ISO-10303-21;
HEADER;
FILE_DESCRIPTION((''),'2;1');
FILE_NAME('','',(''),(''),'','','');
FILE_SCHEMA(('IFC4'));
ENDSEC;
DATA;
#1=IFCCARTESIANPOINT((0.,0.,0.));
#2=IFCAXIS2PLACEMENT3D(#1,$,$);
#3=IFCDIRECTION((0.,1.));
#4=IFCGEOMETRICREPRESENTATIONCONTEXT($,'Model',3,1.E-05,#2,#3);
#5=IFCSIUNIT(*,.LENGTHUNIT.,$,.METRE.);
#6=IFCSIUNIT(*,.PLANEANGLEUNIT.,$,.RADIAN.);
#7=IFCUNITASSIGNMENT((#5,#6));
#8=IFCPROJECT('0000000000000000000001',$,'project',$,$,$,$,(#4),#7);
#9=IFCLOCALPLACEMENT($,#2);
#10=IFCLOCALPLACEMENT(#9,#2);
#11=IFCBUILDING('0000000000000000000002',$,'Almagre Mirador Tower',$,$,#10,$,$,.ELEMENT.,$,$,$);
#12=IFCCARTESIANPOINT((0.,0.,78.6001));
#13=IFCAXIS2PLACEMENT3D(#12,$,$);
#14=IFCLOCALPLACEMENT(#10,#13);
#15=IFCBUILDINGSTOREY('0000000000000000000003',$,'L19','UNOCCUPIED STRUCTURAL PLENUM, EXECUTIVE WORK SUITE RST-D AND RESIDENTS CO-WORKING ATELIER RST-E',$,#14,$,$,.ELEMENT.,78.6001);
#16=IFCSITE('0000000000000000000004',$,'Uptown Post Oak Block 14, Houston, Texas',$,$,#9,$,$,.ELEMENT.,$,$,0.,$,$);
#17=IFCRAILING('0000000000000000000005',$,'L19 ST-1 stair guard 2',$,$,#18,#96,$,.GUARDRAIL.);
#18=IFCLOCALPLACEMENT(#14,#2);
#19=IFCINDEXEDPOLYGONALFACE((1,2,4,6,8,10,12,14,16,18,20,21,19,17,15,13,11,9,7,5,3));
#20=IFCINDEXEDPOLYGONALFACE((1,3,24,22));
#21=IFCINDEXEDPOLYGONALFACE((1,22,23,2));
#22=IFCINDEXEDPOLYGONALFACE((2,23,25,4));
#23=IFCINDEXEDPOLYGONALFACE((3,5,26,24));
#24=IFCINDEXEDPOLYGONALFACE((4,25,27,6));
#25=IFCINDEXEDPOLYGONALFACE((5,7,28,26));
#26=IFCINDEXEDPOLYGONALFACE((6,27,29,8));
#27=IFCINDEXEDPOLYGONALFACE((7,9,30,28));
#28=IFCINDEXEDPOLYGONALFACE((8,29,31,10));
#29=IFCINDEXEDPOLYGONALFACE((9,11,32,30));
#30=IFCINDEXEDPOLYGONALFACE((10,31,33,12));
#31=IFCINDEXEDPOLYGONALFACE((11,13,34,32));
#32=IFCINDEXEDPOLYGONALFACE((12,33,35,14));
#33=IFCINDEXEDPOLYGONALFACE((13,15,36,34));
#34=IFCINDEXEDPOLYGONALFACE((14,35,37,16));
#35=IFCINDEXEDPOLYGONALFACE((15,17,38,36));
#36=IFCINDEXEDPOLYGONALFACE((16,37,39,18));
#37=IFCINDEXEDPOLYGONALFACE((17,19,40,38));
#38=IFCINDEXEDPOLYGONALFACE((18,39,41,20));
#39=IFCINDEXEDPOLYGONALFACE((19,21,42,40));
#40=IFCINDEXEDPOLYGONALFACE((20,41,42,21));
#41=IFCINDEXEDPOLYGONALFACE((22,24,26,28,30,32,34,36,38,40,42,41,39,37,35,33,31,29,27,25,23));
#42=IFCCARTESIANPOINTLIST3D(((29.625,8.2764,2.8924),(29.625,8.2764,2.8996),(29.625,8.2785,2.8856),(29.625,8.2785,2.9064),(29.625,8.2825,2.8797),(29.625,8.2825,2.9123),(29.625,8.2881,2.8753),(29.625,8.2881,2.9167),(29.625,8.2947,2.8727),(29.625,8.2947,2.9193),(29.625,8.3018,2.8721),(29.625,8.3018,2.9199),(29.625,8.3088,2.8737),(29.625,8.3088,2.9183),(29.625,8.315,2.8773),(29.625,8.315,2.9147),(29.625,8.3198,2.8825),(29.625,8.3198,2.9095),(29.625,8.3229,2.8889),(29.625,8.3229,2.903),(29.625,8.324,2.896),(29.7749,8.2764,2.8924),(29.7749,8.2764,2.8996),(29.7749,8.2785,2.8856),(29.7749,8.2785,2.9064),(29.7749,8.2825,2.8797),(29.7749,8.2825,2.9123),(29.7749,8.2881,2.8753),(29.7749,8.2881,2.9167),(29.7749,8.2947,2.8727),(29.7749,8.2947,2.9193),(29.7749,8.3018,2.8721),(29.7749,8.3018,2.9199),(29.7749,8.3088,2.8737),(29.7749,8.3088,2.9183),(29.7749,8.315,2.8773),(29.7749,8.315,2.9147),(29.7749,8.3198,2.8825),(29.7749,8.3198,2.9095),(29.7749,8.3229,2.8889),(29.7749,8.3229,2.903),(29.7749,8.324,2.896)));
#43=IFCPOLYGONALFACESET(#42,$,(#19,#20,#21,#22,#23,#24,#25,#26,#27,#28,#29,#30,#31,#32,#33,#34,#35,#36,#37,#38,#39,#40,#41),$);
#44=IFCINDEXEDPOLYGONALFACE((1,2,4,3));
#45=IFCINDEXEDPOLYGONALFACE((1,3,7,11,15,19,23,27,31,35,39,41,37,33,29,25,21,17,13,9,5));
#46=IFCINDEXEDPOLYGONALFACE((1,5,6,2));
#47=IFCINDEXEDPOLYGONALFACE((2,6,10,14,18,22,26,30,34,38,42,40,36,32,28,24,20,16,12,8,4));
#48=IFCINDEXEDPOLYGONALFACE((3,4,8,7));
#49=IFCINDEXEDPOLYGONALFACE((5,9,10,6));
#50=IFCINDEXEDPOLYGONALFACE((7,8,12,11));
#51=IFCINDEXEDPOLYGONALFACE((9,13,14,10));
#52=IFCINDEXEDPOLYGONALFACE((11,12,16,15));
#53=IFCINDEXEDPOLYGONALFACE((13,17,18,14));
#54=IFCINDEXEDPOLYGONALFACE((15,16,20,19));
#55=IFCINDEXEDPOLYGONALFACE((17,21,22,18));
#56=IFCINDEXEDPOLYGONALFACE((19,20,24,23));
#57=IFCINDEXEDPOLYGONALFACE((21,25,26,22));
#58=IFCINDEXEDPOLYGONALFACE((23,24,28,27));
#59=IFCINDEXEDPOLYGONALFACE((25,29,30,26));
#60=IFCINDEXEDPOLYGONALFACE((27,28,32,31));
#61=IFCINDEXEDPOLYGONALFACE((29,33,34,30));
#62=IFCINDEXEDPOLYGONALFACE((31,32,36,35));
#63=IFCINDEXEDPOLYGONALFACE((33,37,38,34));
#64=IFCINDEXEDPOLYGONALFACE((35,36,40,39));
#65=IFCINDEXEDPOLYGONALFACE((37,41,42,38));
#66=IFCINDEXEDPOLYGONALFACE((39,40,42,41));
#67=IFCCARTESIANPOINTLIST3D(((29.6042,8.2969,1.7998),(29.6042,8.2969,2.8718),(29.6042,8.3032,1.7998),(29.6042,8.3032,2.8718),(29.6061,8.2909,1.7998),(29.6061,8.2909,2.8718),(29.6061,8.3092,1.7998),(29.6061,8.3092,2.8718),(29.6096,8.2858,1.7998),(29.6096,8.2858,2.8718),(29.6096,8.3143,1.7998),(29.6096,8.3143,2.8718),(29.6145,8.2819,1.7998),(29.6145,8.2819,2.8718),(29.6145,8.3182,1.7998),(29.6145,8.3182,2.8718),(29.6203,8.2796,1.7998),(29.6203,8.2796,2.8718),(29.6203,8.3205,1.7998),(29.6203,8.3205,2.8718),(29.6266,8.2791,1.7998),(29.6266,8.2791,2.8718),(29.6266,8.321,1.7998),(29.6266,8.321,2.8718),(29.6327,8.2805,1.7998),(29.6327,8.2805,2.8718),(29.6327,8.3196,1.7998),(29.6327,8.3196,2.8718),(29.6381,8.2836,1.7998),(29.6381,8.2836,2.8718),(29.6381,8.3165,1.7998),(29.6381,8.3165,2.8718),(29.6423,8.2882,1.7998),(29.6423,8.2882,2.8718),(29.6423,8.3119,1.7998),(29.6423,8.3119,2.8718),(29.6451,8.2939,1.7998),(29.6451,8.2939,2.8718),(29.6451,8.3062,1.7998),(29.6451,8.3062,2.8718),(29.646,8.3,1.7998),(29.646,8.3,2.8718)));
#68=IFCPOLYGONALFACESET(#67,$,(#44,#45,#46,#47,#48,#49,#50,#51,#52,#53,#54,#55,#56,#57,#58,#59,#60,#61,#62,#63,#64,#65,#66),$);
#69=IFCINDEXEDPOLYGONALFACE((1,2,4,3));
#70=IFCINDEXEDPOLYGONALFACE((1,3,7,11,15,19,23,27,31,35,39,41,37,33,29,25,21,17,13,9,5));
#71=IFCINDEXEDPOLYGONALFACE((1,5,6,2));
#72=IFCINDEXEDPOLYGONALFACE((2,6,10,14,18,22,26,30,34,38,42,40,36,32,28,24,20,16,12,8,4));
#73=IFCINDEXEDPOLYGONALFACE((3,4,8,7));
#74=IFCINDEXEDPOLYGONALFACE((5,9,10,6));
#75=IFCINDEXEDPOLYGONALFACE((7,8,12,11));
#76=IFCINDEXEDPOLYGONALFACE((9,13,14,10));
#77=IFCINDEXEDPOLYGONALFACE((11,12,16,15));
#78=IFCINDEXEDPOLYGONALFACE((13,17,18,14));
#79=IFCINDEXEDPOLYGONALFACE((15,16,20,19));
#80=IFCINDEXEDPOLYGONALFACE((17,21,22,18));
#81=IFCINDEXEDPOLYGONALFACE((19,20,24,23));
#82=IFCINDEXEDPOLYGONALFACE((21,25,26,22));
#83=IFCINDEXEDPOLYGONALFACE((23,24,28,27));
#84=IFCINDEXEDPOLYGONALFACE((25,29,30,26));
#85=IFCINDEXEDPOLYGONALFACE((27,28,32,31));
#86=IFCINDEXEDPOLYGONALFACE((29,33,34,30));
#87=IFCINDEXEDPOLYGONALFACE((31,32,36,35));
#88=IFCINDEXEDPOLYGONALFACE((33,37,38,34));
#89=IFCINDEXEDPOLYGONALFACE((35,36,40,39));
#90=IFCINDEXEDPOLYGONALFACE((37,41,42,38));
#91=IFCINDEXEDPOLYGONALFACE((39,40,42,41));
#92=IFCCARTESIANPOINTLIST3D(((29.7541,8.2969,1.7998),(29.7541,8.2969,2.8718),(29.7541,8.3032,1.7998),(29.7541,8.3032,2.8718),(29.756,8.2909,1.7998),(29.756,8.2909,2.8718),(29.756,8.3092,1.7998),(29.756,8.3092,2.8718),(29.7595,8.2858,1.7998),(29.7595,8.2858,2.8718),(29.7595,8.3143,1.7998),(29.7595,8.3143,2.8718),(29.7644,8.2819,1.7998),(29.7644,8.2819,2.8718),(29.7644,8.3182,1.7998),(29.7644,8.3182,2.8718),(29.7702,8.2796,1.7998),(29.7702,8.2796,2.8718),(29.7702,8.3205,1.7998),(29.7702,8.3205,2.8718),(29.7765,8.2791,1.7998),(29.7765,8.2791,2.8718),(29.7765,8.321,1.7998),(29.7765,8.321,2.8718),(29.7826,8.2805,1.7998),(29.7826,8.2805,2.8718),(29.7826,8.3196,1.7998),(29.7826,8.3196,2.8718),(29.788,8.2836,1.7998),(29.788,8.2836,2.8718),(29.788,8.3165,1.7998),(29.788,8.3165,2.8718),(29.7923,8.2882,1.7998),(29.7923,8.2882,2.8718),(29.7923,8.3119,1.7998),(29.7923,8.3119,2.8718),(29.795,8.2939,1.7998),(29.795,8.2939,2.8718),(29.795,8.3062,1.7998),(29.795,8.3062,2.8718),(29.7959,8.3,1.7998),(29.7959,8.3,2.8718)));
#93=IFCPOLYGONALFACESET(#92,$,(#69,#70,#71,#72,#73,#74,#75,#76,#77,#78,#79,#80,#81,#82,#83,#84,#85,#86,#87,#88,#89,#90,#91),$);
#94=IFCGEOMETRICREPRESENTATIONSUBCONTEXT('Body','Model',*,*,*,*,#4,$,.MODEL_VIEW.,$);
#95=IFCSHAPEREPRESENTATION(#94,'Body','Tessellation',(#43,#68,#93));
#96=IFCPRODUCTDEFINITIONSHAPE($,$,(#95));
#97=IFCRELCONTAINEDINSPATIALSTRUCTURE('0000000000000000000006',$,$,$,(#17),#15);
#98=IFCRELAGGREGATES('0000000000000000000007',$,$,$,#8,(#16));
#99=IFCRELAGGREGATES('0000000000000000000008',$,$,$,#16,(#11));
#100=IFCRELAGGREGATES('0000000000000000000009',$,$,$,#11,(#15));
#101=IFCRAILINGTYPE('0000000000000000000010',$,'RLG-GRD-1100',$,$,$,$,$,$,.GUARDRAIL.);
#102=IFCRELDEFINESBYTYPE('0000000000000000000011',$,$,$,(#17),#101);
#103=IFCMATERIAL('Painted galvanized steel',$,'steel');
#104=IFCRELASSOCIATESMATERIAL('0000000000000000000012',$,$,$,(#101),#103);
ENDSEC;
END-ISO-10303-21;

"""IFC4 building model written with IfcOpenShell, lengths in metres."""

from ifc_helpers import new_model, si_unit, direction, frame, origin, origin_2d, place, context, subcontext, project, spatial, circle, extrude, material, type_object, element, save


model = new_model("IFC4")

# Units and contexts
model_context = context("Model", 3, precision=1e-05, world=origin(), true_north=direction((0.0, 1.0)))
body_context = subcontext(model_context, "Body", "Model", "MODEL_VIEW")
ifc_project = project(units=[si_unit("LENGTHUNIT", "METRE"), si_unit("PLANEANGLEUNIT", "RADIAN")], contexts=[model_context])

# Site, building, storey
site_placement = place(None, origin())
site = spatial("IfcSite", under=ifc_project, at=site_placement, Name="Uptown Post Oak Block 14, Houston, Texas", CompositionType="ELEMENT", RefElevation=0.0)
building_placement = place(site_placement, origin())
building = spatial("IfcBuilding", under=site, at=building_placement, Name="Almagre Mirador Tower", CompositionType="ELEMENT")
storey_placement = place(building_placement, frame((0.0, 0.0, 78.6001)))
storey = spatial("IfcBuildingStorey", under=building, at=storey_placement, Name="L19", Description="UNOCCUPIED STRUCTURAL PLENUM, EXECUTIVE WORK SUITE RST-D AND RESIDENTS CO-WORKING ATELIER RST-E", CompositionType="ELEMENT", Elevation=78.6001)

# Railing
ifc_material_1 = material(Name="Painted galvanized steel", Category="steel")
railing_type_1 = type_object("IfcRailingType", Name="RLG-GRD-1100", PredefinedType="GUARDRAIL", material=ifc_material_1)
railing_1_placement = place(storey_placement, frame((29.625, 8.3, 1.7998)))
element("IfcRailing", 1, at=railing_1_placement, inside=storey, type_object=railing_type_1, Name="L19 ST-1 stair guard 2", PredefinedType="GUARDRAIL", context=body_context, shape_type="SweptSolid", body=[
    extrude(circle(Radius=0.0239, at=origin_2d()), frame((0.0, 0.0, 1.0962), z_axis=(1.0, 0.0, 0.0), x_axis=(0.0, 1.0, 0.0)), (0.0, 0.0, 1.0), 0.1499),
    extrude(circle(Radius=0.021, at=origin_2d()), origin(), (0.0, 0.0, 1.0), 1.072),
    extrude(circle(Radius=0.021, at=origin_2d()), frame((0.1499, 0.0, 0.0)), (0.0, 0.0, 1.0), 1.072),
])

save(model, "model.ifc")
